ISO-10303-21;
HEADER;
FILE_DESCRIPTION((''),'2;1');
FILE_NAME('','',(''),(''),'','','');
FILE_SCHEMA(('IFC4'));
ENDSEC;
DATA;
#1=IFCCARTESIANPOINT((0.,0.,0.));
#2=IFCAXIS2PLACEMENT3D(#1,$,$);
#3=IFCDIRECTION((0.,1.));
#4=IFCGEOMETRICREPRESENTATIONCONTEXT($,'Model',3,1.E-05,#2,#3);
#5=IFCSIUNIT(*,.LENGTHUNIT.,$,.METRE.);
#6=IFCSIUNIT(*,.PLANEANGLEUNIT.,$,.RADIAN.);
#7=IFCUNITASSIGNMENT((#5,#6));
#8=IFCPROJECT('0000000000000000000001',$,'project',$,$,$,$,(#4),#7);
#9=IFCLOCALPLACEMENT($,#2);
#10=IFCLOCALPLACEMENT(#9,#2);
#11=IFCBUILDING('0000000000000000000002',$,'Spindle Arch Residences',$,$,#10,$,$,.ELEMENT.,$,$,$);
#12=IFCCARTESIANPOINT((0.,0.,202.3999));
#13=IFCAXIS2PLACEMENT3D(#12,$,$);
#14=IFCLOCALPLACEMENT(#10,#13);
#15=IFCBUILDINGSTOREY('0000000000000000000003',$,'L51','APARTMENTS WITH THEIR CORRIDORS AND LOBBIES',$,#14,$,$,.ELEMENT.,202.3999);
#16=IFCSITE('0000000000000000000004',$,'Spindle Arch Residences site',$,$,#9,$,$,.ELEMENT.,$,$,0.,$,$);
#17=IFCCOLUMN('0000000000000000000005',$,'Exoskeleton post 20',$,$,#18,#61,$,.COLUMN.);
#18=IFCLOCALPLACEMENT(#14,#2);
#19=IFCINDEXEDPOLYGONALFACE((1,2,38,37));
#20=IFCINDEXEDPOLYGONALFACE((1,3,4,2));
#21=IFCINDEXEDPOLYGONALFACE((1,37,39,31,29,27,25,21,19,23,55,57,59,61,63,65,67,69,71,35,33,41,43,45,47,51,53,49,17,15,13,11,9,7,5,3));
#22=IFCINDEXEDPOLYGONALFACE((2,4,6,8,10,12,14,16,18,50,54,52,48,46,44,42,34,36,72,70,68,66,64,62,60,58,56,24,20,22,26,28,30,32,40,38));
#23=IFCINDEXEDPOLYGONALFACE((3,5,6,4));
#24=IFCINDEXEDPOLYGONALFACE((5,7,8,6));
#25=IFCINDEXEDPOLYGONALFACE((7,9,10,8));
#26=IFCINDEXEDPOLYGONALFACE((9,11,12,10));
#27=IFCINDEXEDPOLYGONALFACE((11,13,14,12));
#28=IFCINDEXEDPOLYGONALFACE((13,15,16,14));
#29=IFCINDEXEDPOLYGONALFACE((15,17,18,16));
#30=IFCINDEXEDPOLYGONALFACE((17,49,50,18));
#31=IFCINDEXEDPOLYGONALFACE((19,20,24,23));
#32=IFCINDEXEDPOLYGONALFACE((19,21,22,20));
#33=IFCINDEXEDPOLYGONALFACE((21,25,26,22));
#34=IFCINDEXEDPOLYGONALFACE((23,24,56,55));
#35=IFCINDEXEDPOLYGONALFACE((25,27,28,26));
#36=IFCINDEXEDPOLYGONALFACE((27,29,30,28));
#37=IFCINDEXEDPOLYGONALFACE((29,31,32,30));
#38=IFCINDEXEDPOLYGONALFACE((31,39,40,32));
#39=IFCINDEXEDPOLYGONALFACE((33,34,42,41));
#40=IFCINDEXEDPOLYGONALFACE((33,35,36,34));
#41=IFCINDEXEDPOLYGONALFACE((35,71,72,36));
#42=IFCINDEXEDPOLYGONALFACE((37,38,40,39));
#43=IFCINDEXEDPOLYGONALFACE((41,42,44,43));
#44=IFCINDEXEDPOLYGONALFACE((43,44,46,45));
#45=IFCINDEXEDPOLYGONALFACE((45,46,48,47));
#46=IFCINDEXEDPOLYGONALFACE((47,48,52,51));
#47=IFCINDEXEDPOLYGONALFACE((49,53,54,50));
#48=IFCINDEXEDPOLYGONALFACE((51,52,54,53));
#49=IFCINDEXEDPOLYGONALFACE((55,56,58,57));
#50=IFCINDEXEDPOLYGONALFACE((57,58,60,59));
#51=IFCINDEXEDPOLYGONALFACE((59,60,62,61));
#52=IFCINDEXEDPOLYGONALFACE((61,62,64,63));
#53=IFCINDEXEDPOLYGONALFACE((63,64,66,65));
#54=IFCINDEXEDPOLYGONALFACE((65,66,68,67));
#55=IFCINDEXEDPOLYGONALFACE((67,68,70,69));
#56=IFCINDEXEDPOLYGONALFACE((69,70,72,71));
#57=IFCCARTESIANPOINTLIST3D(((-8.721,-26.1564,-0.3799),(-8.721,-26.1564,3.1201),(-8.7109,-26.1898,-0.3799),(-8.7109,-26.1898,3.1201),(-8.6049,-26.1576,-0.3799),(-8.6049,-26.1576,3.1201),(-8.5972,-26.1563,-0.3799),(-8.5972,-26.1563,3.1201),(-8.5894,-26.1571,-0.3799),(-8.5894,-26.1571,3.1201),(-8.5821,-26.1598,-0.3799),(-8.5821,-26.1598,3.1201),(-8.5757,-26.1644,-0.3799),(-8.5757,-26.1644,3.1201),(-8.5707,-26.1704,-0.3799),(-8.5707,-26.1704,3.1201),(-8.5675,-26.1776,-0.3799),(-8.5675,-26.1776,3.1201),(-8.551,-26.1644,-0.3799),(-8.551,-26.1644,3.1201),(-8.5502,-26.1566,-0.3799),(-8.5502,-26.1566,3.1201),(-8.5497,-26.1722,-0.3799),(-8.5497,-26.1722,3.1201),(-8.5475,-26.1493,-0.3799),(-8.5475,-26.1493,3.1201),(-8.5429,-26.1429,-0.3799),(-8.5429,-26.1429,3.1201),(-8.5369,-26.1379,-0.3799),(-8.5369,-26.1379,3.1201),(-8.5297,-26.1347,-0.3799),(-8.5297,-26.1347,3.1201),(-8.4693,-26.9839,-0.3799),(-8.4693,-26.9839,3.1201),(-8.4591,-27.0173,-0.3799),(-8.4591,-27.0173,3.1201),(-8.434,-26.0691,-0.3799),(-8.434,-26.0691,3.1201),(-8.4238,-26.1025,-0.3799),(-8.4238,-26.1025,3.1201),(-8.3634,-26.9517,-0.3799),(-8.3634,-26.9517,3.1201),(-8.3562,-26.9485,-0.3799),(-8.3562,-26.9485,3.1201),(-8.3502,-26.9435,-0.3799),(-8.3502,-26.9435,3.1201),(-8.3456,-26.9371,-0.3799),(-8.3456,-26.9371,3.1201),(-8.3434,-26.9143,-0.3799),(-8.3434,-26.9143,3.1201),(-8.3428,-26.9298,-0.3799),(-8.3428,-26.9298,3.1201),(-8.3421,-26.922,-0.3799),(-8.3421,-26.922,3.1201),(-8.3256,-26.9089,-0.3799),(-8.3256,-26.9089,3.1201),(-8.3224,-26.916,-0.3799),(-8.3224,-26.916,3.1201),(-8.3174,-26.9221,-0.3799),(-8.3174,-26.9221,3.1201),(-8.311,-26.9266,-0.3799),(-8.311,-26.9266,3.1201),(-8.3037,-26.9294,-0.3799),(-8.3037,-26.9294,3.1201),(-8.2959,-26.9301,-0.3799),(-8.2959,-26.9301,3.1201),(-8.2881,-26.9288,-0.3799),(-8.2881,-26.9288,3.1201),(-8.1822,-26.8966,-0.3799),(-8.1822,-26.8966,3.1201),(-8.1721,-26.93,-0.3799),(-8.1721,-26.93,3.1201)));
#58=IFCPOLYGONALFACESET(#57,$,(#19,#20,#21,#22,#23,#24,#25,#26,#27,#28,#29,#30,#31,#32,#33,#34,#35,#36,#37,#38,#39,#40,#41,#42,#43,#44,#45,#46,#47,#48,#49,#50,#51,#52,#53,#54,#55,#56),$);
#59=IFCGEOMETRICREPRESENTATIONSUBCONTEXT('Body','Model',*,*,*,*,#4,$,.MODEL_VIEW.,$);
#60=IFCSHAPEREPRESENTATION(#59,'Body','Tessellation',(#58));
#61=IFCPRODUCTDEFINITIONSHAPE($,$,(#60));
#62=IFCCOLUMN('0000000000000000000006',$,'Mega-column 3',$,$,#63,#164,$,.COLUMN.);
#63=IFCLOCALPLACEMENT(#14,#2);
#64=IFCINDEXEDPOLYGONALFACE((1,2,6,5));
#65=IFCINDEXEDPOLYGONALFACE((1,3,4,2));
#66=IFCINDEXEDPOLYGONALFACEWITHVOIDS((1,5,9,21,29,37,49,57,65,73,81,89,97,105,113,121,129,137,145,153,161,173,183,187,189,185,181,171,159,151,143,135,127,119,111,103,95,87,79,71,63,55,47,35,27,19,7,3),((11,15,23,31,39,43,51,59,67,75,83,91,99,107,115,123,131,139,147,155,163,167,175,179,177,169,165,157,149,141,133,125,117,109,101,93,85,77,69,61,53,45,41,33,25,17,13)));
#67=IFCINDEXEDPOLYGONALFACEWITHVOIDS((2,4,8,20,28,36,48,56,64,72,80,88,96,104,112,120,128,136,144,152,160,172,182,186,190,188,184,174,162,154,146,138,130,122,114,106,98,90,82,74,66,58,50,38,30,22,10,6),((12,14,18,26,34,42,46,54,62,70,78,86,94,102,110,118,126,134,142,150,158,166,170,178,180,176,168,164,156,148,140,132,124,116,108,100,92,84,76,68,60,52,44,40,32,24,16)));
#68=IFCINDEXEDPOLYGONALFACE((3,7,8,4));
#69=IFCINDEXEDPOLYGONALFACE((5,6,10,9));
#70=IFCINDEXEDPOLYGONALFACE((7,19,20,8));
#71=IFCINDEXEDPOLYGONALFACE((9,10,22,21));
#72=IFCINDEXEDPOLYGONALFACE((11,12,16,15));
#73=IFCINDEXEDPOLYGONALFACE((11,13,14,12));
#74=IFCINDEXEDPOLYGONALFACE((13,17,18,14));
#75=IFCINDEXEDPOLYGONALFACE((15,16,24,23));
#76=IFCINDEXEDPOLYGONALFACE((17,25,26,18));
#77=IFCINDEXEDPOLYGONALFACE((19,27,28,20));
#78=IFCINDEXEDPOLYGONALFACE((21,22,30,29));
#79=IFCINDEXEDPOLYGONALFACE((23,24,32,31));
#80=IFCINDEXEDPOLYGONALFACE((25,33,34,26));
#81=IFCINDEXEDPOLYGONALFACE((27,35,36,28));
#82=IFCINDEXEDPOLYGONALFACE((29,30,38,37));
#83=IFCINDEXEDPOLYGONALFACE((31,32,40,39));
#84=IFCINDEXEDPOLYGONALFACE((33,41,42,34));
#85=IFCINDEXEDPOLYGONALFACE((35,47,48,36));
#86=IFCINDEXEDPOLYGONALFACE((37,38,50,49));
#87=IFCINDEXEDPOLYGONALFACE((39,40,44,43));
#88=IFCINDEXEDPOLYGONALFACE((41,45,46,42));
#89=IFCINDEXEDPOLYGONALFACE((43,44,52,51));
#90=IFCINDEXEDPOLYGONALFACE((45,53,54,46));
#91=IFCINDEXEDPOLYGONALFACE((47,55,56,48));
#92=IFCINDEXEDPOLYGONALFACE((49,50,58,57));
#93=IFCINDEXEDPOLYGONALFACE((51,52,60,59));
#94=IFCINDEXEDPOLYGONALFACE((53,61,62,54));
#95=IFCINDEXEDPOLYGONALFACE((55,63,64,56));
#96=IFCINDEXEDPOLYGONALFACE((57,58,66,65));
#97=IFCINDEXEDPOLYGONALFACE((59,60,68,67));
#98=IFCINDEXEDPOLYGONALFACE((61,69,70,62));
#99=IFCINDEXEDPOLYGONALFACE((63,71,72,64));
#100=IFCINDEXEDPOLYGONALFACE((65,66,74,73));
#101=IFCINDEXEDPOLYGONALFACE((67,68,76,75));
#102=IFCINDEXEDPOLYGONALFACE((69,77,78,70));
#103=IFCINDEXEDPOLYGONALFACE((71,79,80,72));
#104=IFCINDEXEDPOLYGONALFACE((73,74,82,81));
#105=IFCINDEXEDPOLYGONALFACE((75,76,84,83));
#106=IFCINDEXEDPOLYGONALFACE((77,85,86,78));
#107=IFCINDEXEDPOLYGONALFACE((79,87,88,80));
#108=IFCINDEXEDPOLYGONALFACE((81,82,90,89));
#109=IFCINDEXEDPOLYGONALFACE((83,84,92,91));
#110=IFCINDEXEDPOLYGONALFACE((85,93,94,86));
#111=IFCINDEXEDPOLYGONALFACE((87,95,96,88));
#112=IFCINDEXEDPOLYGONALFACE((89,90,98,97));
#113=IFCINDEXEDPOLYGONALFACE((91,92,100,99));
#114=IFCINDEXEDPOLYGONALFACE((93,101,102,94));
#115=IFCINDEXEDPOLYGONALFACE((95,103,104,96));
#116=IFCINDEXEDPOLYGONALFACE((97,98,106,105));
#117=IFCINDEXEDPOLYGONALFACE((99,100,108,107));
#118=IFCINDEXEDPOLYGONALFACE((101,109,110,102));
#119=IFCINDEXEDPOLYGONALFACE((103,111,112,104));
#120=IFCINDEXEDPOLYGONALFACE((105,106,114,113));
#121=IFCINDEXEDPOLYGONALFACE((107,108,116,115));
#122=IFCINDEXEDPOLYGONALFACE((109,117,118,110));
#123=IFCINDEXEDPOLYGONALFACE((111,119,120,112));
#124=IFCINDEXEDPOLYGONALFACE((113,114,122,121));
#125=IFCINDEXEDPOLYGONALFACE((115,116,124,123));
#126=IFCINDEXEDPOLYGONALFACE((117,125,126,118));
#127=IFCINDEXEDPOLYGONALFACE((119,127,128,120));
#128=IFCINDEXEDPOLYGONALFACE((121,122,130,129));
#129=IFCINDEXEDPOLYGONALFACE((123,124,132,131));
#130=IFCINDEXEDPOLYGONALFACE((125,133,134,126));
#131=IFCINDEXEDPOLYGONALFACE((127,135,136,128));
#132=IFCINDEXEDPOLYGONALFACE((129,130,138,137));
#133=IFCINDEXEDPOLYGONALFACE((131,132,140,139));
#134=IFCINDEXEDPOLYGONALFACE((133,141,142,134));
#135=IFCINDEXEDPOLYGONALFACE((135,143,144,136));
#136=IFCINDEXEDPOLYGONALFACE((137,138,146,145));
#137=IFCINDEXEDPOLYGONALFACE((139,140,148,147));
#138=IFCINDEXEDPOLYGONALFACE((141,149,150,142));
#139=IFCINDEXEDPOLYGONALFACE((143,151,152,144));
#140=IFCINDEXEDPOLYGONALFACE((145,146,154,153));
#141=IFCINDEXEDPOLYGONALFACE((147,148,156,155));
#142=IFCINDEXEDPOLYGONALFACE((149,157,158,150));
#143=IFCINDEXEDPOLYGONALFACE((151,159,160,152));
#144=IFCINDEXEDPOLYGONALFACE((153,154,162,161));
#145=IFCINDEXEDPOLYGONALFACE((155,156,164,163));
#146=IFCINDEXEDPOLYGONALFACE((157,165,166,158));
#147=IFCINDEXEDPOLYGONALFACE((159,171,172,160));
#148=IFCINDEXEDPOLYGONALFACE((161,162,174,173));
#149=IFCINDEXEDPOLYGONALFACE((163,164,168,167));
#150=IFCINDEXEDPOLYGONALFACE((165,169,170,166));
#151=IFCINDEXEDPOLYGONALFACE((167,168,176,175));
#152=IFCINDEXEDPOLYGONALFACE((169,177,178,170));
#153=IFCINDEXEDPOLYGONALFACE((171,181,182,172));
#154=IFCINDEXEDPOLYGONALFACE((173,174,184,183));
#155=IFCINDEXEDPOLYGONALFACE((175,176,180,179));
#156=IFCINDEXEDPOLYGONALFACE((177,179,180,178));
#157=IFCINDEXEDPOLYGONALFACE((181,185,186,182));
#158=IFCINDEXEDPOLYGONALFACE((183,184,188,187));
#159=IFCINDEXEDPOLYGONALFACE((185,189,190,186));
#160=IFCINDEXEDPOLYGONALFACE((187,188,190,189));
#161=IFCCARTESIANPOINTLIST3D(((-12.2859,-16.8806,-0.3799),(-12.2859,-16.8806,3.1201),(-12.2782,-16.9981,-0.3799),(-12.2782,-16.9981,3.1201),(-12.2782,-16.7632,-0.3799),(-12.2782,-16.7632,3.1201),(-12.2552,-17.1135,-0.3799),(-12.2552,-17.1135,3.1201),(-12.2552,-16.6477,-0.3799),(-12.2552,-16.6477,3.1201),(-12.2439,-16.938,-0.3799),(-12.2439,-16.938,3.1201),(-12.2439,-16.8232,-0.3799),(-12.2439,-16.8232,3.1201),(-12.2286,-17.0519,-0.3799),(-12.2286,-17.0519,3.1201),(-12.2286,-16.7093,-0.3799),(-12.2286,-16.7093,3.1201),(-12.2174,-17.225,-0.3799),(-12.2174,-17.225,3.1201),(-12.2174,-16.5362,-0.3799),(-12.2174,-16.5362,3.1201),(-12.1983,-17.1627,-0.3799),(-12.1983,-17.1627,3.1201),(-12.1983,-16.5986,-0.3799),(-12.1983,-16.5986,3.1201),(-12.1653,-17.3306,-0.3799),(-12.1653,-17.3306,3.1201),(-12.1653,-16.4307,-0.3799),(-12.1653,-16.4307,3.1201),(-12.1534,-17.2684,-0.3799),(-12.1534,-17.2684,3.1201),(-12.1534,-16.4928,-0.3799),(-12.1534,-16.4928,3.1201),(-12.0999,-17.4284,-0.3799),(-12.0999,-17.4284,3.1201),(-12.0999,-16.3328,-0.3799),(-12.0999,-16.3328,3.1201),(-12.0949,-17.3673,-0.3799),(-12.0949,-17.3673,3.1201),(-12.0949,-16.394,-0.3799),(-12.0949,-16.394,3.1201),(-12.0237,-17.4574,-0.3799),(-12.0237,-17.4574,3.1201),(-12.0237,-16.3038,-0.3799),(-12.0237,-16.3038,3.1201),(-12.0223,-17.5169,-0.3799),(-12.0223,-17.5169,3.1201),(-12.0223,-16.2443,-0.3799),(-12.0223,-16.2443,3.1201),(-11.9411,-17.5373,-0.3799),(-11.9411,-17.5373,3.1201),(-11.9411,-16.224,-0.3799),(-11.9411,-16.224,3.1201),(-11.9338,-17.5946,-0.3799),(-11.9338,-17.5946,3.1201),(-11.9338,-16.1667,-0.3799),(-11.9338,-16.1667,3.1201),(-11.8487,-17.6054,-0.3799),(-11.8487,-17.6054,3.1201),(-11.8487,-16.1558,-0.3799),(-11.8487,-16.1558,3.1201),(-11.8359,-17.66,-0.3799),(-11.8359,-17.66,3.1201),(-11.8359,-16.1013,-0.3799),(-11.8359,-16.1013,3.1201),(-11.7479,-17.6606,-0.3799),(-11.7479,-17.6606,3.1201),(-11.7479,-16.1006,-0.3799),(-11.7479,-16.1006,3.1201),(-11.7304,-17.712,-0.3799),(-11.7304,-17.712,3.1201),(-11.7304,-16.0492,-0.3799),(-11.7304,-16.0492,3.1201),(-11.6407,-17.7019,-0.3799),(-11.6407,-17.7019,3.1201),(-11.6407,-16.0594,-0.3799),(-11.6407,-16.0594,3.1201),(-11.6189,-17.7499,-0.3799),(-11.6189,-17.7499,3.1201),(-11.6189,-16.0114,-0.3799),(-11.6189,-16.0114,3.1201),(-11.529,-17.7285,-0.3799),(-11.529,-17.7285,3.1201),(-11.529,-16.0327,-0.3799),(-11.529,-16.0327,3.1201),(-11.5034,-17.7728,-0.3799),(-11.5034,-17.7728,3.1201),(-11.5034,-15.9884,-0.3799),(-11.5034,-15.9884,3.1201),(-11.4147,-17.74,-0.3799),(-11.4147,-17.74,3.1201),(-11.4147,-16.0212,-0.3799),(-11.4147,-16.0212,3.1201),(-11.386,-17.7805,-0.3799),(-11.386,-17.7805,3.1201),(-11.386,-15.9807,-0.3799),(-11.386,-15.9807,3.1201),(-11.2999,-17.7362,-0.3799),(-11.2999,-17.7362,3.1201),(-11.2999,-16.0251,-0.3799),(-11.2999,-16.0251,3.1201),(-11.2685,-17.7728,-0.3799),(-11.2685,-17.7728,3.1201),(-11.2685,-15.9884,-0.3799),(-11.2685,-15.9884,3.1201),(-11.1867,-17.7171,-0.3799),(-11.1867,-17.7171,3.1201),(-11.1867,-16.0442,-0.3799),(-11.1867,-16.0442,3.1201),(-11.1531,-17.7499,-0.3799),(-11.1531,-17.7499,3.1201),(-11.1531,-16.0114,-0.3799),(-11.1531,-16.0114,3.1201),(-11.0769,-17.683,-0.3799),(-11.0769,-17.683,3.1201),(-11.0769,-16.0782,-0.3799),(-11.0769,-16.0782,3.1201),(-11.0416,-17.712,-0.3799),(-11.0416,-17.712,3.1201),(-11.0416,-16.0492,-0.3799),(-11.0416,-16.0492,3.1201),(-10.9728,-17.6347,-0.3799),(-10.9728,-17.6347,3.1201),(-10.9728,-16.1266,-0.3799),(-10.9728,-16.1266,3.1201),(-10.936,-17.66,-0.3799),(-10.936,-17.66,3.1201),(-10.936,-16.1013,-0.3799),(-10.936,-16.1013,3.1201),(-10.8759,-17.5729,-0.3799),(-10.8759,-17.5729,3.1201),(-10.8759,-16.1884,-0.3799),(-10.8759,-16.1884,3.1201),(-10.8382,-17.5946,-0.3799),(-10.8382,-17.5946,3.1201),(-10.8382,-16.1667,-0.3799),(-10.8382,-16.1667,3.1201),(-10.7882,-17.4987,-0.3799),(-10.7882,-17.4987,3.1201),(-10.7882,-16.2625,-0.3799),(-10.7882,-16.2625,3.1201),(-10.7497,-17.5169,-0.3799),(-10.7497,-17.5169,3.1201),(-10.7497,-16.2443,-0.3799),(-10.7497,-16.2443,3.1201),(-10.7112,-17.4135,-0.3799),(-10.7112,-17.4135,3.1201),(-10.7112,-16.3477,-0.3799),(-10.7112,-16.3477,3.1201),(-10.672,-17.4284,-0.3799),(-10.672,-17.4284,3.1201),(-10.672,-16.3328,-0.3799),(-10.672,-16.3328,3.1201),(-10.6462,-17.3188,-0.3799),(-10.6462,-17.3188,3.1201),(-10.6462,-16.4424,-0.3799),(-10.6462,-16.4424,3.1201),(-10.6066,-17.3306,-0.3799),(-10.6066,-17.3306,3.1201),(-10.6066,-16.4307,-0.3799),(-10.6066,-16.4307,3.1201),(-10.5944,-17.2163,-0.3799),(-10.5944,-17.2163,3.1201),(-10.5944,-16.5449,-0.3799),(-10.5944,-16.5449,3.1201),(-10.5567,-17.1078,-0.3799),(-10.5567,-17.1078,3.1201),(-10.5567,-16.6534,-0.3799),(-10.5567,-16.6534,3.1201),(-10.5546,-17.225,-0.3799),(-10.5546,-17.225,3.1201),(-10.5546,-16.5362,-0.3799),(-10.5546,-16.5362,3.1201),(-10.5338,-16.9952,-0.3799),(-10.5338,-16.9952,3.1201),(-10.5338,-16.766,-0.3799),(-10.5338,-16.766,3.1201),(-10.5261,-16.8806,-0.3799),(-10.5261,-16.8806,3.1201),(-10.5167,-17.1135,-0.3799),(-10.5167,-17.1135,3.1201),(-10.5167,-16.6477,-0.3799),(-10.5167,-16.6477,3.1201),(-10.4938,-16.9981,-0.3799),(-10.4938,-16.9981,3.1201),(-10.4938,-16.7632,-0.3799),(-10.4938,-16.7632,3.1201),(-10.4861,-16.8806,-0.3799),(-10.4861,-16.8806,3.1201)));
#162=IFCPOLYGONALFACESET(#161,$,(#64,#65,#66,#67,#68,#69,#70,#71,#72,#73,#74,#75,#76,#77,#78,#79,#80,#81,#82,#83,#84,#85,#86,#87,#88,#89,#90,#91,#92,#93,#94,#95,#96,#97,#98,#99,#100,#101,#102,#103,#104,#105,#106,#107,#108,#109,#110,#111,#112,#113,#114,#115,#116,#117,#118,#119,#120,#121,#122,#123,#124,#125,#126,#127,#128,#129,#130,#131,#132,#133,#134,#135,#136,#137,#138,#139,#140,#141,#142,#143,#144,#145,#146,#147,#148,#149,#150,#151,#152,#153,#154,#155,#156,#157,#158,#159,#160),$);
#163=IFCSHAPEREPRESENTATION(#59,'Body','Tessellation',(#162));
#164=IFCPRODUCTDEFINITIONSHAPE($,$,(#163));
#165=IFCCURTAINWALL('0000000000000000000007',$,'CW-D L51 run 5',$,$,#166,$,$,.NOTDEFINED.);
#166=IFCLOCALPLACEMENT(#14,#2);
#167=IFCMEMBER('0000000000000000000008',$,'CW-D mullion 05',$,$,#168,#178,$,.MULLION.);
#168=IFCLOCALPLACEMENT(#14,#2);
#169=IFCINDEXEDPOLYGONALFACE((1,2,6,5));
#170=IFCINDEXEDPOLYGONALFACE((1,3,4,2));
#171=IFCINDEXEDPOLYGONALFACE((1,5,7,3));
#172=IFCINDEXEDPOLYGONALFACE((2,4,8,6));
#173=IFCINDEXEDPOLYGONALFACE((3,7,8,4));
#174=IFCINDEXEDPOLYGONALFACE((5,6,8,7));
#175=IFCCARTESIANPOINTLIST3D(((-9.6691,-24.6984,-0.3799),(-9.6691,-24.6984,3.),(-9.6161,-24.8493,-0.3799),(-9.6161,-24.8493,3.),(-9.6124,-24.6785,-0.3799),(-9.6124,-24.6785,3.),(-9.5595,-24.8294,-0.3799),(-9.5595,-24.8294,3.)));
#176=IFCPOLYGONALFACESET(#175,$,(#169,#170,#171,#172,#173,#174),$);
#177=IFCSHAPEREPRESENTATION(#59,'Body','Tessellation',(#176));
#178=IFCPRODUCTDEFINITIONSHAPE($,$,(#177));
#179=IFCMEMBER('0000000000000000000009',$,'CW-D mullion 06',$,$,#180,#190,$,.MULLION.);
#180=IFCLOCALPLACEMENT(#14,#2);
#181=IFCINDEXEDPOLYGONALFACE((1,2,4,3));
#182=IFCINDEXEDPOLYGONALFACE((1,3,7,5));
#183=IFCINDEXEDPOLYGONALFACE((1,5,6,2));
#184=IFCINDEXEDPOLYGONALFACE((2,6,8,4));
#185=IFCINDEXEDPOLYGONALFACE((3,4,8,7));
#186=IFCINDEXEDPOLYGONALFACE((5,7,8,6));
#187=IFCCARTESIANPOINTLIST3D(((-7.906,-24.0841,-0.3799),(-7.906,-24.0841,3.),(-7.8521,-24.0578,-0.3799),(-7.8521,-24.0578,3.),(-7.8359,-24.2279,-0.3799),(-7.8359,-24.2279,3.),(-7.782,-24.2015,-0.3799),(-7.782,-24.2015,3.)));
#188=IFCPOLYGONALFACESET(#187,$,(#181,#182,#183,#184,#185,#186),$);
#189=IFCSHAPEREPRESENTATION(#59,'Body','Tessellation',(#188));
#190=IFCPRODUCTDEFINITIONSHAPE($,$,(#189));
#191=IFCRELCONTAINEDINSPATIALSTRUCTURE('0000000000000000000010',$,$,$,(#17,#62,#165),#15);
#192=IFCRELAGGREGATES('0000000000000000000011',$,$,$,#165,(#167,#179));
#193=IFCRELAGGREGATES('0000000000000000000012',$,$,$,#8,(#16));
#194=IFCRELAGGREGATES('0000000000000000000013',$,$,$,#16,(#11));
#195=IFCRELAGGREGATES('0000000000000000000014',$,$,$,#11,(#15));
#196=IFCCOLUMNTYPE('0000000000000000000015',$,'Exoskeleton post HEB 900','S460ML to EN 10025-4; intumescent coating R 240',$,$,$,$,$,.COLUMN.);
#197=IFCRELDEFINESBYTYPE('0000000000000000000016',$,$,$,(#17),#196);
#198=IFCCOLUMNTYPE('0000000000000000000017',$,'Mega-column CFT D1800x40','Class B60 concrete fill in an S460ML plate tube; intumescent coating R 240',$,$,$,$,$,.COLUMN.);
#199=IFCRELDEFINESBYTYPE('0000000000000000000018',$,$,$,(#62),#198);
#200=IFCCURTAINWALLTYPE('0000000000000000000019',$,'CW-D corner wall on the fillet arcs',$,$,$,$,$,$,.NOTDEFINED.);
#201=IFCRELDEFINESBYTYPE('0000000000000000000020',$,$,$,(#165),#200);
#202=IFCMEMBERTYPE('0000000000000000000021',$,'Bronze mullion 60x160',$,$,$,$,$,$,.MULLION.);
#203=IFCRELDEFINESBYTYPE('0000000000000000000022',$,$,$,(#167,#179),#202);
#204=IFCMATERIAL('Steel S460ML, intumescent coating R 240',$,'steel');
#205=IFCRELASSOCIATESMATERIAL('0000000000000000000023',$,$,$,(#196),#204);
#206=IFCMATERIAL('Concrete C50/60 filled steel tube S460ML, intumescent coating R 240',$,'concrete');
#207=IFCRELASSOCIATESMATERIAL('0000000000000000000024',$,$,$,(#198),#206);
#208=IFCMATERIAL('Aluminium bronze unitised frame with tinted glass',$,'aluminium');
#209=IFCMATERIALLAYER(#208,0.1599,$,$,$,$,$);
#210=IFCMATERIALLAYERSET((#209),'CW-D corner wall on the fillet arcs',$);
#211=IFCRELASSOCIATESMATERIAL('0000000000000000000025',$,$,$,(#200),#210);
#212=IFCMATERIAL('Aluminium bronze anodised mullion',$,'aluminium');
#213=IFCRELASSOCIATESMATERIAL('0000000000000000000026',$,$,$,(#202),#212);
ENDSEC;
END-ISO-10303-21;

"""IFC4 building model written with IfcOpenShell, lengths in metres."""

from ifc_helpers import new_model, si_unit, direction, frame, origin, origin_2d, place, context, subcontext, project, spatial, rectangle, hollow_circle, i_section, extrude, material, layer, layer_set, material_profile, profile_set, type_object, element, aggregate, save


model = new_model("IFC4")

# Units and contexts
model_context = context("Model", 3, precision=1e-05, world=origin(), true_north=direction((0.0, 1.0)))
body_context = subcontext(model_context, "Body", "Model", "MODEL_VIEW")
ifc_project = project(units=[si_unit("LENGTHUNIT", "METRE"), si_unit("PLANEANGLEUNIT", "RADIAN")], contexts=[model_context])

# Site, building, storey
site_placement = place(None, origin())
site = spatial("IfcSite", under=ifc_project, at=site_placement, Name="Spindle Arch Residences site", CompositionType="ELEMENT", RefElevation=0.0)
building_placement = place(site_placement, origin())
building = spatial("IfcBuilding", under=site, at=building_placement, Name="Spindle Arch Residences", CompositionType="ELEMENT")
storey_placement = place(building_placement, frame((0.0, 0.0, 202.3999)))
storey = spatial("IfcBuildingStorey", under=building, at=storey_placement, Name="L51", Description="APARTMENTS WITH THEIR CORRIDORS AND LOBBIES", CompositionType="ELEMENT", Elevation=202.3999)

# Columns
ifc_material_1 = material(Name="Steel S460ML, intumescent coating R 240", Category="steel")
ifc_material_profile_1 = material_profile(ifc_material_1, i_section(OverallWidth=0.3, OverallDepth=0.8999, WebThickness=0.0186, FlangeThickness=0.0349, FilletRadius=0.03, at=origin_2d()), Name="HEB 900")
ifc_profile_set_1 = profile_set([ifc_material_profile_1], Name="Steel S460ML, intumescent coating R 240")
column_type_1 = type_object("IfcColumnType", Name="Exoskeleton post HEB 900", Description="S460ML to EN 10025-4; intumescent coating R 240", PredefinedType="COLUMN", material=ifc_profile_set_1)
column_1_placement = place(storey_placement, frame((-8.4465, -26.5432, -0.3799), z_axis=(0.0, 0.0, 1.0), x_axis=(-0.956715, -0.291028, 0.0)))
element("IfcColumn", 1, at=column_1_placement, inside=storey, type_object=column_type_1, Name="Exoskeleton post 20", PredefinedType="COLUMN", context=body_context, shape_type="SweptSolid", body=[
    extrude(i_section(OverallWidth=0.3, OverallDepth=0.8999, WebThickness=0.0186, FlangeThickness=0.0349, FilletRadius=0.03, at=origin_2d()), origin(), (0.0, 0.0, 1.0), 3.5),
])
ifc_material_2 = material(Name="Concrete C50/60 filled steel tube S460ML, intumescent coating R 240", Category="concrete")
ifc_material_profile_2 = material_profile(ifc_material_2, hollow_circle(Radius=0.8999, WallThickness=0.04, at=origin_2d()), Name="CFT D1800x40")
ifc_profile_set_2 = profile_set([ifc_material_profile_2], Name="Concrete C50/60 filled steel tube S460ML, intumescent coating R 240")
column_type_2 = type_object("IfcColumnType", Name="Mega-column CFT D1800x40", Description="Class B60 concrete fill in an S460ML plate tube; intumescent coating R 240", PredefinedType="COLUMN", material=ifc_profile_set_2)
column_2_placement = place(storey_placement, frame((-11.386, -16.8806, -0.3799), z_axis=(0.0, 0.0, 1.0), x_axis=(1.0, 0.0, 0.0)))
element("IfcColumn", 2, at=column_2_placement, inside=storey, type_object=column_type_2, Name="Mega-column 3", PredefinedType="COLUMN", context=body_context, shape_type="SweptSolid", body=[
    extrude(hollow_circle(Radius=0.8999, WallThickness=0.04, at=origin_2d()), origin(), (0.0, 0.0, 1.0), 3.5),
])

# Curtain wall, members
ifc_material_3 = material(Name="Aluminium bronze unitised frame with tinted glass", Category="aluminium")
ifc_layer_1 = layer(ifc_material_3, 0.1599)
ifc_layer_set_1 = layer_set([ifc_layer_1], Name="CW-D corner wall on the fillet arcs")
curtain_wall_type_1 = type_object("IfcCurtainWallType", Name="CW-D corner wall on the fillet arcs", PredefinedType="NOTDEFINED", material=ifc_layer_set_1)
curtain_wall_1_placement = place(storey_placement, origin())
curtain_wall_1 = element("IfcCurtainWall", 3, at=curtain_wall_1_placement, inside=storey, type_object=curtain_wall_type_1, Name="CW-D L51 run 5", PredefinedType="NOTDEFINED")
ifc_material_4 = material(Name="Aluminium bronze anodised mullion", Category="aluminium")
ifc_material_profile_3 = material_profile(ifc_material_4, rectangle(XDim=0.1599, YDim=0.0601, at=origin_2d()), Name="MU 60x160")
ifc_profile_set_3 = profile_set([ifc_material_profile_3], Name="Aluminium bronze anodised mullion")
member_type_1 = type_object("IfcMemberType", Name="Bronze mullion 60x160", PredefinedType="MULLION", material=ifc_profile_set_3)
member_1_placement = place(storey_placement, frame((-9.6143, -24.7639, -0.3799), z_axis=(0.0, 0.0, 1.0), x_axis=(-0.331063, 0.943609, 0.0)))
member_1 = element("IfcMember", 4, at=member_1_placement, type_object=member_type_1, Name="CW-D mullion 05", PredefinedType="MULLION", context=body_context, shape_type="SweptSolid", body=[
    extrude(rectangle(XDim=0.1599, YDim=0.0601, at=origin_2d()), origin(), (0.0, 0.0, 1.0), 3.3799),
])
member_2_placement = place(storey_placement, frame((-7.844, -24.1428, -0.3799), z_axis=(0.0, 0.0, 1.0), x_axis=(-0.438371, 0.898794, 0.0)))
member_2 = element("IfcMember", 5, at=member_2_placement, type_object=member_type_1, Name="CW-D mullion 06", PredefinedType="MULLION", context=body_context, shape_type="SweptSolid", body=[
    extrude(rectangle(XDim=0.1599, YDim=0.0601, at=origin_2d()), origin(), (0.0, 0.0, 1.0), 3.3799),
])

aggregate(curtain_wall_1, [member_1, member_2])

save(model, "model.ifc")
